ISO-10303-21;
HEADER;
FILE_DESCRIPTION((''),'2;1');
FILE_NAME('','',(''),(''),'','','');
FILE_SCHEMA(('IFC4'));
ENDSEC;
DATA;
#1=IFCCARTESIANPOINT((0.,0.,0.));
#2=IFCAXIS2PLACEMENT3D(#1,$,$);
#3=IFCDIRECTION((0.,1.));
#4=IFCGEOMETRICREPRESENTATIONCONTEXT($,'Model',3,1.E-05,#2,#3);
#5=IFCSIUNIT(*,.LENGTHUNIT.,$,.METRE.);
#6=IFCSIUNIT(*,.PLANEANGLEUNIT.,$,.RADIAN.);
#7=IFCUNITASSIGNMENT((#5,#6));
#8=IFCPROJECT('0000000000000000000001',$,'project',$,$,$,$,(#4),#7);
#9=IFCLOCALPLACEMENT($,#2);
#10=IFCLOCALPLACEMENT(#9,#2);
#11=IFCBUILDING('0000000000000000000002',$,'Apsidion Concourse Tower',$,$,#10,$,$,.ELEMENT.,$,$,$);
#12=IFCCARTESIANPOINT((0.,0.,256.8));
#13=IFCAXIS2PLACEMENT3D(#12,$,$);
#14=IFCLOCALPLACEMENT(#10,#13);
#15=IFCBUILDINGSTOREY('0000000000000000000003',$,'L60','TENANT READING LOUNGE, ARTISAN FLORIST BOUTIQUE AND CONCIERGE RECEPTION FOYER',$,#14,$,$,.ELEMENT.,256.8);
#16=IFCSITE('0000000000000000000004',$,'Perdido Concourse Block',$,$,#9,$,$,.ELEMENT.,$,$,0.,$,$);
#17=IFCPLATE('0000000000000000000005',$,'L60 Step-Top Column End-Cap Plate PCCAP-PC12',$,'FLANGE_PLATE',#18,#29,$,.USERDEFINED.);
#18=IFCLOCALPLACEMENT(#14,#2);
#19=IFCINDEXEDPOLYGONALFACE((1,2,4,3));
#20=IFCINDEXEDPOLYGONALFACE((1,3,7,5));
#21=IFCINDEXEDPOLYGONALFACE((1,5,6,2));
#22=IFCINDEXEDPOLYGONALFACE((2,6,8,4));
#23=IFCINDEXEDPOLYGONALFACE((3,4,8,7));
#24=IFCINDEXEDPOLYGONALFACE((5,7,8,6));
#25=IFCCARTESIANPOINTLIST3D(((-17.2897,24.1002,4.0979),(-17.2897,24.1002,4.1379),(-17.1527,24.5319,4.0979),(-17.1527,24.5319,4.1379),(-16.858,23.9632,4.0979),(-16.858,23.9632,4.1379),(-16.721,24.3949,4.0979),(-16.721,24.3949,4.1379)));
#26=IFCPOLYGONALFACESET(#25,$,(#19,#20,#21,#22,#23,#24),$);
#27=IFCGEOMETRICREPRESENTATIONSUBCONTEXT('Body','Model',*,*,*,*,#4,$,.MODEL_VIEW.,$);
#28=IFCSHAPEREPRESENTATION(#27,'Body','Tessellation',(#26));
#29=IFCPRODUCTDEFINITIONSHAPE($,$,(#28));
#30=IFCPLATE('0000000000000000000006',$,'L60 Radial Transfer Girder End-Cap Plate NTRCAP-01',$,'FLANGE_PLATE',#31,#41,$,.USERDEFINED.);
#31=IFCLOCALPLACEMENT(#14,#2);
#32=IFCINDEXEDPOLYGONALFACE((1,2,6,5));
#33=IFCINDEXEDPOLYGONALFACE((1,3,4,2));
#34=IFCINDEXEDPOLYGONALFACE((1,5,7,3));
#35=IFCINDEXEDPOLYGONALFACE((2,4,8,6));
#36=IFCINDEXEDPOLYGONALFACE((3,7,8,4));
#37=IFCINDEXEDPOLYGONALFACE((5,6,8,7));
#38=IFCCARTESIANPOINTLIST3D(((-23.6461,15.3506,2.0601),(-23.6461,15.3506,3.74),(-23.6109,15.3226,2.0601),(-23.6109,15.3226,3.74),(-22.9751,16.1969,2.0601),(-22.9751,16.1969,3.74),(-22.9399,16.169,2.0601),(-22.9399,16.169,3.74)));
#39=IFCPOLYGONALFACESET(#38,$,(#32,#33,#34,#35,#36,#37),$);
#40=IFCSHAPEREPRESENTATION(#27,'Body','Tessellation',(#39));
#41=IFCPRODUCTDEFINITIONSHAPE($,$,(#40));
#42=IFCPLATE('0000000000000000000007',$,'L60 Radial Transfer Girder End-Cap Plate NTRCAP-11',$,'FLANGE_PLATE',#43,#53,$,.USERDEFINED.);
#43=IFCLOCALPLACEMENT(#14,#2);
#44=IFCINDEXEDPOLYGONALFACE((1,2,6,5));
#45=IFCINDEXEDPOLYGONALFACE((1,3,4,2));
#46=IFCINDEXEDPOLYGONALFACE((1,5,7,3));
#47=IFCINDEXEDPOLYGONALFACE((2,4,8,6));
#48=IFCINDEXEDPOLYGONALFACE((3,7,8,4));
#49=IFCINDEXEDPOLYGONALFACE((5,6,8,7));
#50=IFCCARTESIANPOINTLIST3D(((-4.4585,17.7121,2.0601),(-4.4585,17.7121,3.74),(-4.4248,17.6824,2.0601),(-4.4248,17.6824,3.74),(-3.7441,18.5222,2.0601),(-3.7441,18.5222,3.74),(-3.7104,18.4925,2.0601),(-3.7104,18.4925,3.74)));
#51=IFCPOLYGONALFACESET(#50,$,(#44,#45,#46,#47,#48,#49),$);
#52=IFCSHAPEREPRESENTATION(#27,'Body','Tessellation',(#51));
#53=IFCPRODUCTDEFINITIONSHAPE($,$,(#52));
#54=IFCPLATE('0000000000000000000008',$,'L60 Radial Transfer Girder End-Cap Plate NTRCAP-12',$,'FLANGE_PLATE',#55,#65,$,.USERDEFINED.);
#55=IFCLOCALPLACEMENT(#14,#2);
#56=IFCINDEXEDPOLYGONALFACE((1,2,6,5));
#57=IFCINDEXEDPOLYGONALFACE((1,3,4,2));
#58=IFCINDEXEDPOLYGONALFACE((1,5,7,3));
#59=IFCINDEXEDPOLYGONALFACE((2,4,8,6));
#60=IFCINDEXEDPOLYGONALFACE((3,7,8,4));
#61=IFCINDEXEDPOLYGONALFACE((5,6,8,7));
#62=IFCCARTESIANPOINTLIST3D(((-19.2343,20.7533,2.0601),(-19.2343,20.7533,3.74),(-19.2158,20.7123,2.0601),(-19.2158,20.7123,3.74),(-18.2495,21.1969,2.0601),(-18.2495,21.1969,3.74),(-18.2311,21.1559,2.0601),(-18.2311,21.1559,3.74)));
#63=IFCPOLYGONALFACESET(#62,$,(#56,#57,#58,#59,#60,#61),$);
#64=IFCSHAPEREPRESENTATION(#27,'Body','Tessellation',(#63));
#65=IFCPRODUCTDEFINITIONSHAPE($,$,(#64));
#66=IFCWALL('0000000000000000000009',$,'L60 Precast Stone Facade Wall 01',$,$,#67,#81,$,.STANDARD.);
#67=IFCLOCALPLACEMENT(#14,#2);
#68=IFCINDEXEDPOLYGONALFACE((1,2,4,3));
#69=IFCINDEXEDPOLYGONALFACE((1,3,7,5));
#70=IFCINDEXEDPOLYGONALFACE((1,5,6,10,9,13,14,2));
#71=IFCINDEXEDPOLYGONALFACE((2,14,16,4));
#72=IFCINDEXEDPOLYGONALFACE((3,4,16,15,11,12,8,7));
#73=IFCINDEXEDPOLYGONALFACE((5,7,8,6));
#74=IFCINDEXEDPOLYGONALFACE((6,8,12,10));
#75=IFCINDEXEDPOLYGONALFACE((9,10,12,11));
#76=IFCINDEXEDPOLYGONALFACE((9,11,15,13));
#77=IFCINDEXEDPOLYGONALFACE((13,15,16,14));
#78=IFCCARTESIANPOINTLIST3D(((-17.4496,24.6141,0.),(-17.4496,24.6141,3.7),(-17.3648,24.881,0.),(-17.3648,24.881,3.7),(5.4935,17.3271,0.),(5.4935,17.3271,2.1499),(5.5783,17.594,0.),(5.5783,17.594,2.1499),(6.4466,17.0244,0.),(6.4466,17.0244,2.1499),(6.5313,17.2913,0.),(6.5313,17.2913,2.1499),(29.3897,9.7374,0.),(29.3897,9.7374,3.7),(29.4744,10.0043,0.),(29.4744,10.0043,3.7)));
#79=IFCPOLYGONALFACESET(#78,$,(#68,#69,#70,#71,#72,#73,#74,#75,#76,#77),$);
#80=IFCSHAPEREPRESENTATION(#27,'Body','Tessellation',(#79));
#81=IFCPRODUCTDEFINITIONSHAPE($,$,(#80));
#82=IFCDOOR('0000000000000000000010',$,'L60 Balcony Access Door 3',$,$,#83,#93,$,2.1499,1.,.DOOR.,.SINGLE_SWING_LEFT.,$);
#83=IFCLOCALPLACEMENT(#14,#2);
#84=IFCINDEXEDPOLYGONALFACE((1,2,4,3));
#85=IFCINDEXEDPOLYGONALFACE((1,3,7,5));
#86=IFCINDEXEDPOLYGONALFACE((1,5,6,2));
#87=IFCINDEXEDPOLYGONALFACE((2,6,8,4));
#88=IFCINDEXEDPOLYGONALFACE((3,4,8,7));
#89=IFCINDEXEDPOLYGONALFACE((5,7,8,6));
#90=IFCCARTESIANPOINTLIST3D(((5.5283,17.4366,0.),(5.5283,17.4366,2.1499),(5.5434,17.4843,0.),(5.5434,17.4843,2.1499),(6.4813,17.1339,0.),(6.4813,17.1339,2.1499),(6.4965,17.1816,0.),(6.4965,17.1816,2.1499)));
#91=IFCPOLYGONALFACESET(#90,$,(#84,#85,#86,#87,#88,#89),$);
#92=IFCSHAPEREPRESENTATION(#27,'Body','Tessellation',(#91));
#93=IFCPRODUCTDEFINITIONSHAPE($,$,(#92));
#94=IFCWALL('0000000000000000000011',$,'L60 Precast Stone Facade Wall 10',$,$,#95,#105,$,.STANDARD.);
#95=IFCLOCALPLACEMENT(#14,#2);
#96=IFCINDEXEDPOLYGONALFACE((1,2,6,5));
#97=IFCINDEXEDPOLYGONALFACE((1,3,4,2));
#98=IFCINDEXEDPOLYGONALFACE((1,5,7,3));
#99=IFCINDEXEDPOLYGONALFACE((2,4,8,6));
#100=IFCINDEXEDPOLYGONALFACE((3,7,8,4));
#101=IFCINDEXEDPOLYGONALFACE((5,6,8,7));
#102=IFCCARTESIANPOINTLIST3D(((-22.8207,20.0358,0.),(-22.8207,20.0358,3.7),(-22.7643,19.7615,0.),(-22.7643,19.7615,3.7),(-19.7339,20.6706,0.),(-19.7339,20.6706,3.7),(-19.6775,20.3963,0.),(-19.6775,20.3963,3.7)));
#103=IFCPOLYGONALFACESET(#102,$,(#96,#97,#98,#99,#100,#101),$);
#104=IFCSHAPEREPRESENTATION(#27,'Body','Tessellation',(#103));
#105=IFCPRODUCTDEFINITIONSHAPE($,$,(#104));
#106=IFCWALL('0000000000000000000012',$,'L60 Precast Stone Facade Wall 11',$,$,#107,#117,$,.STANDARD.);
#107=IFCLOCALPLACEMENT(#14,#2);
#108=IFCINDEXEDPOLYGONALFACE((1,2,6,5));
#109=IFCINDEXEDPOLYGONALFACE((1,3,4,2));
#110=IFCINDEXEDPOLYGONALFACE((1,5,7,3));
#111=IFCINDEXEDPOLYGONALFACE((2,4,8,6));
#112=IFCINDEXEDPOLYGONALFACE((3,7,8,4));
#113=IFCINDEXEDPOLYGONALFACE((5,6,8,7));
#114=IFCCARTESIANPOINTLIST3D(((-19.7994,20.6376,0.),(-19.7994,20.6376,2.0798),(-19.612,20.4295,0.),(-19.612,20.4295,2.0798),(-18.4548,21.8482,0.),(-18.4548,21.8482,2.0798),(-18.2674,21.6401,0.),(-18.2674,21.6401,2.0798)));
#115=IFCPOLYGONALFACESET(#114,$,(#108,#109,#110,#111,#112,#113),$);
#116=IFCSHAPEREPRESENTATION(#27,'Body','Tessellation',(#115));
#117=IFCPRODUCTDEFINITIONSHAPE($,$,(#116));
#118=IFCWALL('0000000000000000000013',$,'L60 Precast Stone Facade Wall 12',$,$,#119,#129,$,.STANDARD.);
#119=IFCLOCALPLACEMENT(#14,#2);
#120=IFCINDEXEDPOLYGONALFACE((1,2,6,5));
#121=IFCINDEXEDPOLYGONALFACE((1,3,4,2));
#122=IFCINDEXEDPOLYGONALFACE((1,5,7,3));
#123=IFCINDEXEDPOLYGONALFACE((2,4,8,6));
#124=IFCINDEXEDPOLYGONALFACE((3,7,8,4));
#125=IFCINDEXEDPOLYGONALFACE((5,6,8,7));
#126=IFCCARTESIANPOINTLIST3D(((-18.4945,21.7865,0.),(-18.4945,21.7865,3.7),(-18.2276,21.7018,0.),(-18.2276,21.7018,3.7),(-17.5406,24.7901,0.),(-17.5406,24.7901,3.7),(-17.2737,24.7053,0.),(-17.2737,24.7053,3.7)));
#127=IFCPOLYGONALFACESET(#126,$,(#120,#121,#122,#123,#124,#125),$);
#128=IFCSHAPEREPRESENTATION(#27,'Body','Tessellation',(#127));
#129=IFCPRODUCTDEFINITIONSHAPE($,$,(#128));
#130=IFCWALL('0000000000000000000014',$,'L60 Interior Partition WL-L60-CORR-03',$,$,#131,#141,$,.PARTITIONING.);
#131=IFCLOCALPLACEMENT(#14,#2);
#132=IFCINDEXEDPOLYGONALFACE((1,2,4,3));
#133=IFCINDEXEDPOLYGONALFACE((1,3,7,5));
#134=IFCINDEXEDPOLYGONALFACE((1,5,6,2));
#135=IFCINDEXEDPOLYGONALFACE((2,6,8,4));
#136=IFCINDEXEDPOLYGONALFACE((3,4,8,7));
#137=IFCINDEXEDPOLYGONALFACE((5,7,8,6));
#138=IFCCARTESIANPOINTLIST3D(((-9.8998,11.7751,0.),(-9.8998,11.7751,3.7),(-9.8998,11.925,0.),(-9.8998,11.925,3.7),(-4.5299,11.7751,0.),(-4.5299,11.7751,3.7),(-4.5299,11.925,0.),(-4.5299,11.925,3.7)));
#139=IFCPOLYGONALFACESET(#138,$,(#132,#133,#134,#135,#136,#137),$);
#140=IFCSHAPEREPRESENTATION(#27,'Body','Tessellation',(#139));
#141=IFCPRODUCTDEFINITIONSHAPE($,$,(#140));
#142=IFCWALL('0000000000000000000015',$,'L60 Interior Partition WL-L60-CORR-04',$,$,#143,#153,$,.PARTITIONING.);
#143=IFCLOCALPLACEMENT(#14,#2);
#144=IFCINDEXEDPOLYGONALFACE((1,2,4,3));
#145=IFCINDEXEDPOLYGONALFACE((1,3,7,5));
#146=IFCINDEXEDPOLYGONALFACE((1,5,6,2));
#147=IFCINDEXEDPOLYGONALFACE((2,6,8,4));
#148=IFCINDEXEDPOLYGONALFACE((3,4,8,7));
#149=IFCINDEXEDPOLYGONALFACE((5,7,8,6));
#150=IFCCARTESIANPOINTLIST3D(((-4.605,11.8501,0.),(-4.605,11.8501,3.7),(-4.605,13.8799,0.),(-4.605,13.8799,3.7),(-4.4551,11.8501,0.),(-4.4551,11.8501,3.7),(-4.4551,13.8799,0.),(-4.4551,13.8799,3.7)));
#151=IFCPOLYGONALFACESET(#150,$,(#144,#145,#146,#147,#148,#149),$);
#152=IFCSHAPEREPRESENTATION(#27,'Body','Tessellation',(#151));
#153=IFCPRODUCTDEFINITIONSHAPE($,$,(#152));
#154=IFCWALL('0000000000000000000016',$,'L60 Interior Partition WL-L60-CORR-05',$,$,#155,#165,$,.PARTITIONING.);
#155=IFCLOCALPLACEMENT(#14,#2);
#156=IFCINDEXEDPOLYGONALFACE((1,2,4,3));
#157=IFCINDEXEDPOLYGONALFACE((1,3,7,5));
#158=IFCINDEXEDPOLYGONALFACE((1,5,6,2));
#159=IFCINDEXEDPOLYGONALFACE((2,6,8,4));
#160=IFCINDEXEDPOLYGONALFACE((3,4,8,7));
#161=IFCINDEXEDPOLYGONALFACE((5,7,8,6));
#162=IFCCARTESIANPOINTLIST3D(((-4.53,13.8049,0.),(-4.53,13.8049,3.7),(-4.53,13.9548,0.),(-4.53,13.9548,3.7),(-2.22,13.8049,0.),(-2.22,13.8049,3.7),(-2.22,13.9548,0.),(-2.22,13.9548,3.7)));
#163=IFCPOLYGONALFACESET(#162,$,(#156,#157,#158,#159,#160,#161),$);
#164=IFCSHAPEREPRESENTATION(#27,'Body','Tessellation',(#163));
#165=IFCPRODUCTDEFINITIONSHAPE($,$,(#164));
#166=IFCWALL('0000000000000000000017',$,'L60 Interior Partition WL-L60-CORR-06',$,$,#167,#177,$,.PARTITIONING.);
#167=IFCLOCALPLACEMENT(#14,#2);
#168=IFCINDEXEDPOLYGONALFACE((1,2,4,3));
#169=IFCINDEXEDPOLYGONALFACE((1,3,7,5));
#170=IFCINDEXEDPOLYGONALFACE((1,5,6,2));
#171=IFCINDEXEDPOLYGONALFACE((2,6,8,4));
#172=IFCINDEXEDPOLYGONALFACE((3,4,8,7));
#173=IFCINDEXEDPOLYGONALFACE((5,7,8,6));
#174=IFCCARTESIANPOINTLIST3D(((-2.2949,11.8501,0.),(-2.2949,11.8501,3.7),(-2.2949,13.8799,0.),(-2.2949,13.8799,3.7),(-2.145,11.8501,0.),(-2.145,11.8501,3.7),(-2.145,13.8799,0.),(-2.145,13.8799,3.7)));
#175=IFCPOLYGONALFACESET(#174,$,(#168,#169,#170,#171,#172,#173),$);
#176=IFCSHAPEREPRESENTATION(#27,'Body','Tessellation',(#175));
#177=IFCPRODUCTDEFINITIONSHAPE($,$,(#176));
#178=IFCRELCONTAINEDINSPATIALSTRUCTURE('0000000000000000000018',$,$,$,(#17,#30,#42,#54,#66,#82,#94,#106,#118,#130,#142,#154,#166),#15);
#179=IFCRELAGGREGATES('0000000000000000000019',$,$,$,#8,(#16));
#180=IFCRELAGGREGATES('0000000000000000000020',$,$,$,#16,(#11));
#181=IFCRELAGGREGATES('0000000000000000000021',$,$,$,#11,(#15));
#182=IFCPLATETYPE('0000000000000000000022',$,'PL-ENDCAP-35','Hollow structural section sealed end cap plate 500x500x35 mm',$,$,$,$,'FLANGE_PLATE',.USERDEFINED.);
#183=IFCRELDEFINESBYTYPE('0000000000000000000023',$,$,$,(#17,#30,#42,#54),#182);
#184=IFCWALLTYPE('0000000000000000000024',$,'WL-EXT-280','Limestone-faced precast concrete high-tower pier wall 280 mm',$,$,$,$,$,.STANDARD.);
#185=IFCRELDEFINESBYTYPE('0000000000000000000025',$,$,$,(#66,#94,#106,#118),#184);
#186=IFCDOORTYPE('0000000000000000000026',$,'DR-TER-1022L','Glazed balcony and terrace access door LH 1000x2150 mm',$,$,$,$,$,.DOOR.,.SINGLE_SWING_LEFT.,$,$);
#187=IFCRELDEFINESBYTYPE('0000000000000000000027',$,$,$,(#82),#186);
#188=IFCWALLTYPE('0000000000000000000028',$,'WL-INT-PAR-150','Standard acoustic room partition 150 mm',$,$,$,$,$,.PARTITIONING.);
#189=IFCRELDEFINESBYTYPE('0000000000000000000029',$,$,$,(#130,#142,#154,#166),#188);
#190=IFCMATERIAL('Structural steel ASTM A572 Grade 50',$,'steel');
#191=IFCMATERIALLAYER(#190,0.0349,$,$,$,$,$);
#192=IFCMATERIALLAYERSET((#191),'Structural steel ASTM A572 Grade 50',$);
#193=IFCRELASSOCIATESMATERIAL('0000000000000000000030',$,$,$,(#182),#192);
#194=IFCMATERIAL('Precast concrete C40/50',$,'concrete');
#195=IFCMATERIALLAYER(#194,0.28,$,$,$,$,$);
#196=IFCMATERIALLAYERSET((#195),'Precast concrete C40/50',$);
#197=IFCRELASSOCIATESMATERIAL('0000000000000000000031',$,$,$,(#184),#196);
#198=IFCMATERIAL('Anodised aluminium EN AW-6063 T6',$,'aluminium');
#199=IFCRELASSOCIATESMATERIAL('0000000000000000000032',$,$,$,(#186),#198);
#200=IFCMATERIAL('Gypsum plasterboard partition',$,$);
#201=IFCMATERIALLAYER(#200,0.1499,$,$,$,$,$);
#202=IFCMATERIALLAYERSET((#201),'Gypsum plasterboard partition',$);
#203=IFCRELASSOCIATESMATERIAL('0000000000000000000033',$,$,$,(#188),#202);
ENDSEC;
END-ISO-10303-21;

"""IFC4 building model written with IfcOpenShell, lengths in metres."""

from ifc_helpers import new_model, si_unit, direction, frame, frame_2d, origin, origin_2d, place, context, subcontext, project, spatial, rectangle, extrude, material, layer, layer_set, type_object, element, fill, save


model = new_model("IFC4")

# Units and contexts
model_context = context("Model", 3, precision=1e-05, world=origin(), true_north=direction((0.0, 1.0)))
body_context = subcontext(model_context, "Body", "Model", "MODEL_VIEW")
ifc_project = project(units=[si_unit("LENGTHUNIT", "METRE"), si_unit("PLANEANGLEUNIT", "RADIAN")], contexts=[model_context])

# Site, building, storey
site_placement = place(None, origin())
site = spatial("IfcSite", under=ifc_project, at=site_placement, Name="Perdido Concourse Block", CompositionType="ELEMENT", RefElevation=0.0)
building_placement = place(site_placement, origin())
building = spatial("IfcBuilding", under=site, at=building_placement, Name="Apsidion Concourse Tower", CompositionType="ELEMENT")
storey_placement = place(building_placement, frame((0.0, 0.0, 256.8)))
storey = spatial("IfcBuildingStorey", under=building, at=storey_placement, Name="L60", Description="TENANT READING LOUNGE, ARTISAN FLORIST BOUTIQUE AND CONCIERGE RECEPTION FOYER", CompositionType="ELEMENT", Elevation=256.8)

# Shared definitions
ifc_material_1 = material(Name="Structural steel ASTM A572 Grade 50", Category="steel")

# Plates
ifc_layer_1 = layer(ifc_material_1, 0.0349)
ifc_layer_set_1 = layer_set([ifc_layer_1], Name="Structural steel ASTM A572 Grade 50")
plate_type = type_object("IfcPlateType", Name="PL-ENDCAP-35", Description="Hollow structural section sealed end cap plate 500x500x35 mm", ElementType="FLANGE_PLATE", PredefinedType="USERDEFINED", material=ifc_layer_set_1)
for number, where, z_axis, x_axis, name in (
    (1, (-17.0054, 24.2476, 4.0979), (0.0, 0.0, 1.0), (-0.953138, 0.302536, 0.0), "L60 Step-Top Column End-Cap Plate PCCAP-PC12"),
):
    element("IfcPlate", number, at=place(storey_placement, frame(where, z_axis=z_axis, x_axis=x_axis)), inside=storey, type_object=plate_type, Name=name, ObjectType="FLANGE_PLATE", PredefinedType="USERDEFINED", context=body_context, shape_type="SweptSolid", body=[
        extrude(rectangle(XDim=0.4529, YDim=0.4529, at=origin_2d()), origin(), (0.0, 0.0, 1.0), 0.04),
    ])
for number, where, z_axis, x_axis, name in (
    (2, (-23.293, 15.7598, 2.0601), (0.0, 0.0, 1.0), (-0.783585, 0.621285, 0.0), "L60 Radial Transfer Girder End-Cap Plate NTRCAP-01"),
    (3, (-4.0845, 18.1023, 2.0601), (0.0, 0.0, 1.0), (-0.749996, 0.661443, 0.0), "L60 Radial Transfer Girder End-Cap Plate NTRCAP-11"),
    (4, (-18.7327, 20.9546, 2.0601), (0.0, 0.0, 1.0), (-0.410719, 0.911762, 0.0), "L60 Radial Transfer Girder End-Cap Plate NTRCAP-12"),
):
    element("IfcPlate", number, at=place(storey_placement, frame(where, z_axis=z_axis, x_axis=x_axis)), inside=storey, type_object=plate_type, Name=name, ObjectType="FLANGE_PLATE", PredefinedType="USERDEFINED", context=body_context, shape_type="SweptSolid", body=[
        extrude(rectangle(XDim=0.0449, YDim=1.0801, at=origin_2d()), origin(), (0.0, 0.0, 1.0), 1.6799),
    ])

# Wall, opening, door
ifc_material_2 = material(Name="Precast concrete C40/50", Category="concrete")
ifc_layer_2 = layer(ifc_material_2, 0.28)
ifc_layer_set_2 = layer_set([ifc_layer_2], Name="Precast concrete C40/50")
wall_type_1 = type_object("IfcWallType", Name="WL-EXT-280", Description="Limestone-faced precast concrete high-tower pier wall 280 mm", PredefinedType="STANDARD", material=ifc_layer_set_2)
wall_1_placement = place(storey_placement, frame((-17.4072, 24.7476, 0.0), z_axis=(0.0, 0.0, 1.0), x_axis=(0.953083, -0.30271, 0.0)))
wall_1 = element("IfcWall", 5, at=wall_1_placement, inside=storey, type_object=wall_type_1, Name="L60 Precast Stone Facade Wall 01", PredefinedType="STANDARD", context=body_context, shape_type="SweptSolid", body=[
    extrude(rectangle(XDim=49.145, YDim=0.28, at=frame_2d((24.5725, 0.0))), origin(), (0.0, 0.0, 1.0), 3.7),
])
opening_1_placement = place(wall_1_placement, frame((24.0725, 0.0, 0.0)))
opening_1 = element("IfcOpeningElement", 6, at=opening_1_placement, cuts=wall_1, PredefinedType="OPENING", context=body_context, shape_type="SweptSolid", body=[
    extrude(rectangle(XDim=1.0, YDim=2.1499, at=frame_2d((0.5, 1.075))), frame((0.0, 0.1499, 0.0), z_axis=(0.0, -1.0, 0.0), x_axis=(1.0, 0.0, 0.0)), (0.0, 0.0, 1.0), 0.3),
])
ifc_material_3 = material(Name="Anodised aluminium EN AW-6063 T6", Category="aluminium")
door_type_1 = type_object("IfcDoorType", Name="DR-TER-1022L", Description="Glazed balcony and terrace access door LH 1000x2150 mm", OperationType="SINGLE_SWING_LEFT", PredefinedType="DOOR", material=ifc_material_3)
door_1_placement = place(opening_1_placement, origin())
door_1 = element("IfcDoor", 7, at=door_1_placement, inside=storey, type_object=door_type_1, Name="L60 Balcony Access Door 3", OperationType="SINGLE_SWING_LEFT", OverallHeight=2.1499, OverallWidth=1.0, PredefinedType="DOOR", context=body_context, shape_type="SweptSolid", body=[
    extrude(rectangle(XDim=1.0, YDim=2.1499, at=frame_2d((0.5, 1.075))), frame((0.0, 0.0249, 0.0), z_axis=(0.0, -1.0, 0.0), x_axis=(1.0, 0.0, 0.0)), (0.0, 0.0, 1.0), 0.05),
])
fill(opening_1, door_1)

# Walls
wall_2_placement = place(storey_placement, frame((-22.7925, 19.8987, 0.0), z_axis=(0.0, 0.0, 1.0), x_axis=(0.979502, 0.201432, 0.0)))
element("IfcWall", 8, at=wall_2_placement, inside=storey, type_object=wall_type_1, Name="L60 Precast Stone Facade Wall 10", PredefinedType="STANDARD", context=body_context, shape_type="SweptSolid", body=[
    extrude(rectangle(XDim=3.1514, YDim=0.28, at=frame_2d((1.5757, 0.0))), origin(), (0.0, 0.0, 1.0), 3.7),
])
wall_3_placement = place(storey_placement, frame((-19.7058, 20.5334, 0.0), z_axis=(0.0, 0.0, 1.0), x_axis=(0.743173, 0.669099, 0.0)))
element("IfcWall", 9, at=wall_3_placement, inside=storey, type_object=wall_type_1, Name="L60 Precast Stone Facade Wall 11", PredefinedType="STANDARD", context=body_context, shape_type="SweptSolid", body=[
    extrude(rectangle(XDim=1.8093, YDim=0.28, at=frame_2d((0.9048, 0.0))), origin(), (0.0, 0.0, 1.0), 2.0798),
])
wall_4_placement = place(storey_placement, frame((-18.3611, 21.7441, 0.0), z_axis=(0.0, 0.0, 1.0), x_axis=(0.302692, 0.953088, 0.0)))
element("IfcWall", 10, at=wall_4_placement, inside=storey, type_object=wall_type_1, Name="L60 Precast Stone Facade Wall 12", PredefinedType="STANDARD", context=body_context, shape_type="SweptSolid", body=[
    extrude(rectangle(XDim=3.1514, YDim=0.28, at=frame_2d((1.5757, 0.0))), origin(), (0.0, 0.0, 1.0), 3.7),
])
ifc_material_4 = material(Name="Gypsum plasterboard partition")
ifc_layer_3 = layer(ifc_material_4, 0.1499)
ifc_layer_set_3 = layer_set([ifc_layer_3], Name="Gypsum plasterboard partition")
wall_type_2 = type_object("IfcWallType", Name="WL-INT-PAR-150", Description="Standard acoustic room partition 150 mm", PredefinedType="PARTITIONING", material=ifc_layer_set_3)
wall_5_placement = place(storey_placement, frame((-9.8999, 11.8501, 0.0), z_axis=(0.0, 0.0, 1.0), x_axis=(1.0, 0.0, 0.0)))
element("IfcWall", 11, at=wall_5_placement, inside=storey, type_object=wall_type_2, Name="L60 Interior Partition WL-L60-CORR-03", PredefinedType="PARTITIONING", context=body_context, shape_type="SweptSolid", body=[
    extrude(rectangle(XDim=5.3699, YDim=0.1499, at=frame_2d((2.6851, 0.0))), origin(), (0.0, 0.0, 1.0), 3.7),
])
wall_6_placement = place(storey_placement, frame((-4.53, 11.8501, 0.0), z_axis=(0.0, 0.0, 1.0), x_axis=(0.0, 1.0, 0.0)))
element("IfcWall", 12, at=wall_6_placement, inside=storey, type_object=wall_type_2, Name="L60 Interior Partition WL-L60-CORR-04", PredefinedType="PARTITIONING", context=body_context, shape_type="SweptSolid", body=[
    extrude(rectangle(XDim=2.0298, YDim=0.1499, at=frame_2d((1.0149, 0.0))), origin(), (0.0, 0.0, 1.0), 3.7),
])
wall_7_placement = place(storey_placement, frame((-4.53, 13.8799, 0.0), z_axis=(0.0, 0.0, 1.0), x_axis=(1.0, 0.0, 0.0)))
element("IfcWall", 13, at=wall_7_placement, inside=storey, type_object=wall_type_2, Name="L60 Interior Partition WL-L60-CORR-05", PredefinedType="PARTITIONING", context=body_context, shape_type="SweptSolid", body=[
    extrude(rectangle(XDim=2.3101, YDim=0.1499, at=frame_2d((1.155, 0.0))), origin(), (0.0, 0.0, 1.0), 3.7),
])
wall_8_placement = place(storey_placement, frame((-2.22, 13.8799, 0.0), z_axis=(0.0, 0.0, 1.0), x_axis=(0.0, -1.0, 0.0)))
element("IfcWall", 14, at=wall_8_placement, inside=storey, type_object=wall_type_2, Name="L60 Interior Partition WL-L60-CORR-06", PredefinedType="PARTITIONING", context=body_context, shape_type="SweptSolid", body=[
    extrude(rectangle(XDim=2.0298, YDim=0.1499, at=frame_2d((1.0149, 0.0))), origin(), (0.0, 0.0, 1.0), 3.7),
])

save(model, "model.ifc")
